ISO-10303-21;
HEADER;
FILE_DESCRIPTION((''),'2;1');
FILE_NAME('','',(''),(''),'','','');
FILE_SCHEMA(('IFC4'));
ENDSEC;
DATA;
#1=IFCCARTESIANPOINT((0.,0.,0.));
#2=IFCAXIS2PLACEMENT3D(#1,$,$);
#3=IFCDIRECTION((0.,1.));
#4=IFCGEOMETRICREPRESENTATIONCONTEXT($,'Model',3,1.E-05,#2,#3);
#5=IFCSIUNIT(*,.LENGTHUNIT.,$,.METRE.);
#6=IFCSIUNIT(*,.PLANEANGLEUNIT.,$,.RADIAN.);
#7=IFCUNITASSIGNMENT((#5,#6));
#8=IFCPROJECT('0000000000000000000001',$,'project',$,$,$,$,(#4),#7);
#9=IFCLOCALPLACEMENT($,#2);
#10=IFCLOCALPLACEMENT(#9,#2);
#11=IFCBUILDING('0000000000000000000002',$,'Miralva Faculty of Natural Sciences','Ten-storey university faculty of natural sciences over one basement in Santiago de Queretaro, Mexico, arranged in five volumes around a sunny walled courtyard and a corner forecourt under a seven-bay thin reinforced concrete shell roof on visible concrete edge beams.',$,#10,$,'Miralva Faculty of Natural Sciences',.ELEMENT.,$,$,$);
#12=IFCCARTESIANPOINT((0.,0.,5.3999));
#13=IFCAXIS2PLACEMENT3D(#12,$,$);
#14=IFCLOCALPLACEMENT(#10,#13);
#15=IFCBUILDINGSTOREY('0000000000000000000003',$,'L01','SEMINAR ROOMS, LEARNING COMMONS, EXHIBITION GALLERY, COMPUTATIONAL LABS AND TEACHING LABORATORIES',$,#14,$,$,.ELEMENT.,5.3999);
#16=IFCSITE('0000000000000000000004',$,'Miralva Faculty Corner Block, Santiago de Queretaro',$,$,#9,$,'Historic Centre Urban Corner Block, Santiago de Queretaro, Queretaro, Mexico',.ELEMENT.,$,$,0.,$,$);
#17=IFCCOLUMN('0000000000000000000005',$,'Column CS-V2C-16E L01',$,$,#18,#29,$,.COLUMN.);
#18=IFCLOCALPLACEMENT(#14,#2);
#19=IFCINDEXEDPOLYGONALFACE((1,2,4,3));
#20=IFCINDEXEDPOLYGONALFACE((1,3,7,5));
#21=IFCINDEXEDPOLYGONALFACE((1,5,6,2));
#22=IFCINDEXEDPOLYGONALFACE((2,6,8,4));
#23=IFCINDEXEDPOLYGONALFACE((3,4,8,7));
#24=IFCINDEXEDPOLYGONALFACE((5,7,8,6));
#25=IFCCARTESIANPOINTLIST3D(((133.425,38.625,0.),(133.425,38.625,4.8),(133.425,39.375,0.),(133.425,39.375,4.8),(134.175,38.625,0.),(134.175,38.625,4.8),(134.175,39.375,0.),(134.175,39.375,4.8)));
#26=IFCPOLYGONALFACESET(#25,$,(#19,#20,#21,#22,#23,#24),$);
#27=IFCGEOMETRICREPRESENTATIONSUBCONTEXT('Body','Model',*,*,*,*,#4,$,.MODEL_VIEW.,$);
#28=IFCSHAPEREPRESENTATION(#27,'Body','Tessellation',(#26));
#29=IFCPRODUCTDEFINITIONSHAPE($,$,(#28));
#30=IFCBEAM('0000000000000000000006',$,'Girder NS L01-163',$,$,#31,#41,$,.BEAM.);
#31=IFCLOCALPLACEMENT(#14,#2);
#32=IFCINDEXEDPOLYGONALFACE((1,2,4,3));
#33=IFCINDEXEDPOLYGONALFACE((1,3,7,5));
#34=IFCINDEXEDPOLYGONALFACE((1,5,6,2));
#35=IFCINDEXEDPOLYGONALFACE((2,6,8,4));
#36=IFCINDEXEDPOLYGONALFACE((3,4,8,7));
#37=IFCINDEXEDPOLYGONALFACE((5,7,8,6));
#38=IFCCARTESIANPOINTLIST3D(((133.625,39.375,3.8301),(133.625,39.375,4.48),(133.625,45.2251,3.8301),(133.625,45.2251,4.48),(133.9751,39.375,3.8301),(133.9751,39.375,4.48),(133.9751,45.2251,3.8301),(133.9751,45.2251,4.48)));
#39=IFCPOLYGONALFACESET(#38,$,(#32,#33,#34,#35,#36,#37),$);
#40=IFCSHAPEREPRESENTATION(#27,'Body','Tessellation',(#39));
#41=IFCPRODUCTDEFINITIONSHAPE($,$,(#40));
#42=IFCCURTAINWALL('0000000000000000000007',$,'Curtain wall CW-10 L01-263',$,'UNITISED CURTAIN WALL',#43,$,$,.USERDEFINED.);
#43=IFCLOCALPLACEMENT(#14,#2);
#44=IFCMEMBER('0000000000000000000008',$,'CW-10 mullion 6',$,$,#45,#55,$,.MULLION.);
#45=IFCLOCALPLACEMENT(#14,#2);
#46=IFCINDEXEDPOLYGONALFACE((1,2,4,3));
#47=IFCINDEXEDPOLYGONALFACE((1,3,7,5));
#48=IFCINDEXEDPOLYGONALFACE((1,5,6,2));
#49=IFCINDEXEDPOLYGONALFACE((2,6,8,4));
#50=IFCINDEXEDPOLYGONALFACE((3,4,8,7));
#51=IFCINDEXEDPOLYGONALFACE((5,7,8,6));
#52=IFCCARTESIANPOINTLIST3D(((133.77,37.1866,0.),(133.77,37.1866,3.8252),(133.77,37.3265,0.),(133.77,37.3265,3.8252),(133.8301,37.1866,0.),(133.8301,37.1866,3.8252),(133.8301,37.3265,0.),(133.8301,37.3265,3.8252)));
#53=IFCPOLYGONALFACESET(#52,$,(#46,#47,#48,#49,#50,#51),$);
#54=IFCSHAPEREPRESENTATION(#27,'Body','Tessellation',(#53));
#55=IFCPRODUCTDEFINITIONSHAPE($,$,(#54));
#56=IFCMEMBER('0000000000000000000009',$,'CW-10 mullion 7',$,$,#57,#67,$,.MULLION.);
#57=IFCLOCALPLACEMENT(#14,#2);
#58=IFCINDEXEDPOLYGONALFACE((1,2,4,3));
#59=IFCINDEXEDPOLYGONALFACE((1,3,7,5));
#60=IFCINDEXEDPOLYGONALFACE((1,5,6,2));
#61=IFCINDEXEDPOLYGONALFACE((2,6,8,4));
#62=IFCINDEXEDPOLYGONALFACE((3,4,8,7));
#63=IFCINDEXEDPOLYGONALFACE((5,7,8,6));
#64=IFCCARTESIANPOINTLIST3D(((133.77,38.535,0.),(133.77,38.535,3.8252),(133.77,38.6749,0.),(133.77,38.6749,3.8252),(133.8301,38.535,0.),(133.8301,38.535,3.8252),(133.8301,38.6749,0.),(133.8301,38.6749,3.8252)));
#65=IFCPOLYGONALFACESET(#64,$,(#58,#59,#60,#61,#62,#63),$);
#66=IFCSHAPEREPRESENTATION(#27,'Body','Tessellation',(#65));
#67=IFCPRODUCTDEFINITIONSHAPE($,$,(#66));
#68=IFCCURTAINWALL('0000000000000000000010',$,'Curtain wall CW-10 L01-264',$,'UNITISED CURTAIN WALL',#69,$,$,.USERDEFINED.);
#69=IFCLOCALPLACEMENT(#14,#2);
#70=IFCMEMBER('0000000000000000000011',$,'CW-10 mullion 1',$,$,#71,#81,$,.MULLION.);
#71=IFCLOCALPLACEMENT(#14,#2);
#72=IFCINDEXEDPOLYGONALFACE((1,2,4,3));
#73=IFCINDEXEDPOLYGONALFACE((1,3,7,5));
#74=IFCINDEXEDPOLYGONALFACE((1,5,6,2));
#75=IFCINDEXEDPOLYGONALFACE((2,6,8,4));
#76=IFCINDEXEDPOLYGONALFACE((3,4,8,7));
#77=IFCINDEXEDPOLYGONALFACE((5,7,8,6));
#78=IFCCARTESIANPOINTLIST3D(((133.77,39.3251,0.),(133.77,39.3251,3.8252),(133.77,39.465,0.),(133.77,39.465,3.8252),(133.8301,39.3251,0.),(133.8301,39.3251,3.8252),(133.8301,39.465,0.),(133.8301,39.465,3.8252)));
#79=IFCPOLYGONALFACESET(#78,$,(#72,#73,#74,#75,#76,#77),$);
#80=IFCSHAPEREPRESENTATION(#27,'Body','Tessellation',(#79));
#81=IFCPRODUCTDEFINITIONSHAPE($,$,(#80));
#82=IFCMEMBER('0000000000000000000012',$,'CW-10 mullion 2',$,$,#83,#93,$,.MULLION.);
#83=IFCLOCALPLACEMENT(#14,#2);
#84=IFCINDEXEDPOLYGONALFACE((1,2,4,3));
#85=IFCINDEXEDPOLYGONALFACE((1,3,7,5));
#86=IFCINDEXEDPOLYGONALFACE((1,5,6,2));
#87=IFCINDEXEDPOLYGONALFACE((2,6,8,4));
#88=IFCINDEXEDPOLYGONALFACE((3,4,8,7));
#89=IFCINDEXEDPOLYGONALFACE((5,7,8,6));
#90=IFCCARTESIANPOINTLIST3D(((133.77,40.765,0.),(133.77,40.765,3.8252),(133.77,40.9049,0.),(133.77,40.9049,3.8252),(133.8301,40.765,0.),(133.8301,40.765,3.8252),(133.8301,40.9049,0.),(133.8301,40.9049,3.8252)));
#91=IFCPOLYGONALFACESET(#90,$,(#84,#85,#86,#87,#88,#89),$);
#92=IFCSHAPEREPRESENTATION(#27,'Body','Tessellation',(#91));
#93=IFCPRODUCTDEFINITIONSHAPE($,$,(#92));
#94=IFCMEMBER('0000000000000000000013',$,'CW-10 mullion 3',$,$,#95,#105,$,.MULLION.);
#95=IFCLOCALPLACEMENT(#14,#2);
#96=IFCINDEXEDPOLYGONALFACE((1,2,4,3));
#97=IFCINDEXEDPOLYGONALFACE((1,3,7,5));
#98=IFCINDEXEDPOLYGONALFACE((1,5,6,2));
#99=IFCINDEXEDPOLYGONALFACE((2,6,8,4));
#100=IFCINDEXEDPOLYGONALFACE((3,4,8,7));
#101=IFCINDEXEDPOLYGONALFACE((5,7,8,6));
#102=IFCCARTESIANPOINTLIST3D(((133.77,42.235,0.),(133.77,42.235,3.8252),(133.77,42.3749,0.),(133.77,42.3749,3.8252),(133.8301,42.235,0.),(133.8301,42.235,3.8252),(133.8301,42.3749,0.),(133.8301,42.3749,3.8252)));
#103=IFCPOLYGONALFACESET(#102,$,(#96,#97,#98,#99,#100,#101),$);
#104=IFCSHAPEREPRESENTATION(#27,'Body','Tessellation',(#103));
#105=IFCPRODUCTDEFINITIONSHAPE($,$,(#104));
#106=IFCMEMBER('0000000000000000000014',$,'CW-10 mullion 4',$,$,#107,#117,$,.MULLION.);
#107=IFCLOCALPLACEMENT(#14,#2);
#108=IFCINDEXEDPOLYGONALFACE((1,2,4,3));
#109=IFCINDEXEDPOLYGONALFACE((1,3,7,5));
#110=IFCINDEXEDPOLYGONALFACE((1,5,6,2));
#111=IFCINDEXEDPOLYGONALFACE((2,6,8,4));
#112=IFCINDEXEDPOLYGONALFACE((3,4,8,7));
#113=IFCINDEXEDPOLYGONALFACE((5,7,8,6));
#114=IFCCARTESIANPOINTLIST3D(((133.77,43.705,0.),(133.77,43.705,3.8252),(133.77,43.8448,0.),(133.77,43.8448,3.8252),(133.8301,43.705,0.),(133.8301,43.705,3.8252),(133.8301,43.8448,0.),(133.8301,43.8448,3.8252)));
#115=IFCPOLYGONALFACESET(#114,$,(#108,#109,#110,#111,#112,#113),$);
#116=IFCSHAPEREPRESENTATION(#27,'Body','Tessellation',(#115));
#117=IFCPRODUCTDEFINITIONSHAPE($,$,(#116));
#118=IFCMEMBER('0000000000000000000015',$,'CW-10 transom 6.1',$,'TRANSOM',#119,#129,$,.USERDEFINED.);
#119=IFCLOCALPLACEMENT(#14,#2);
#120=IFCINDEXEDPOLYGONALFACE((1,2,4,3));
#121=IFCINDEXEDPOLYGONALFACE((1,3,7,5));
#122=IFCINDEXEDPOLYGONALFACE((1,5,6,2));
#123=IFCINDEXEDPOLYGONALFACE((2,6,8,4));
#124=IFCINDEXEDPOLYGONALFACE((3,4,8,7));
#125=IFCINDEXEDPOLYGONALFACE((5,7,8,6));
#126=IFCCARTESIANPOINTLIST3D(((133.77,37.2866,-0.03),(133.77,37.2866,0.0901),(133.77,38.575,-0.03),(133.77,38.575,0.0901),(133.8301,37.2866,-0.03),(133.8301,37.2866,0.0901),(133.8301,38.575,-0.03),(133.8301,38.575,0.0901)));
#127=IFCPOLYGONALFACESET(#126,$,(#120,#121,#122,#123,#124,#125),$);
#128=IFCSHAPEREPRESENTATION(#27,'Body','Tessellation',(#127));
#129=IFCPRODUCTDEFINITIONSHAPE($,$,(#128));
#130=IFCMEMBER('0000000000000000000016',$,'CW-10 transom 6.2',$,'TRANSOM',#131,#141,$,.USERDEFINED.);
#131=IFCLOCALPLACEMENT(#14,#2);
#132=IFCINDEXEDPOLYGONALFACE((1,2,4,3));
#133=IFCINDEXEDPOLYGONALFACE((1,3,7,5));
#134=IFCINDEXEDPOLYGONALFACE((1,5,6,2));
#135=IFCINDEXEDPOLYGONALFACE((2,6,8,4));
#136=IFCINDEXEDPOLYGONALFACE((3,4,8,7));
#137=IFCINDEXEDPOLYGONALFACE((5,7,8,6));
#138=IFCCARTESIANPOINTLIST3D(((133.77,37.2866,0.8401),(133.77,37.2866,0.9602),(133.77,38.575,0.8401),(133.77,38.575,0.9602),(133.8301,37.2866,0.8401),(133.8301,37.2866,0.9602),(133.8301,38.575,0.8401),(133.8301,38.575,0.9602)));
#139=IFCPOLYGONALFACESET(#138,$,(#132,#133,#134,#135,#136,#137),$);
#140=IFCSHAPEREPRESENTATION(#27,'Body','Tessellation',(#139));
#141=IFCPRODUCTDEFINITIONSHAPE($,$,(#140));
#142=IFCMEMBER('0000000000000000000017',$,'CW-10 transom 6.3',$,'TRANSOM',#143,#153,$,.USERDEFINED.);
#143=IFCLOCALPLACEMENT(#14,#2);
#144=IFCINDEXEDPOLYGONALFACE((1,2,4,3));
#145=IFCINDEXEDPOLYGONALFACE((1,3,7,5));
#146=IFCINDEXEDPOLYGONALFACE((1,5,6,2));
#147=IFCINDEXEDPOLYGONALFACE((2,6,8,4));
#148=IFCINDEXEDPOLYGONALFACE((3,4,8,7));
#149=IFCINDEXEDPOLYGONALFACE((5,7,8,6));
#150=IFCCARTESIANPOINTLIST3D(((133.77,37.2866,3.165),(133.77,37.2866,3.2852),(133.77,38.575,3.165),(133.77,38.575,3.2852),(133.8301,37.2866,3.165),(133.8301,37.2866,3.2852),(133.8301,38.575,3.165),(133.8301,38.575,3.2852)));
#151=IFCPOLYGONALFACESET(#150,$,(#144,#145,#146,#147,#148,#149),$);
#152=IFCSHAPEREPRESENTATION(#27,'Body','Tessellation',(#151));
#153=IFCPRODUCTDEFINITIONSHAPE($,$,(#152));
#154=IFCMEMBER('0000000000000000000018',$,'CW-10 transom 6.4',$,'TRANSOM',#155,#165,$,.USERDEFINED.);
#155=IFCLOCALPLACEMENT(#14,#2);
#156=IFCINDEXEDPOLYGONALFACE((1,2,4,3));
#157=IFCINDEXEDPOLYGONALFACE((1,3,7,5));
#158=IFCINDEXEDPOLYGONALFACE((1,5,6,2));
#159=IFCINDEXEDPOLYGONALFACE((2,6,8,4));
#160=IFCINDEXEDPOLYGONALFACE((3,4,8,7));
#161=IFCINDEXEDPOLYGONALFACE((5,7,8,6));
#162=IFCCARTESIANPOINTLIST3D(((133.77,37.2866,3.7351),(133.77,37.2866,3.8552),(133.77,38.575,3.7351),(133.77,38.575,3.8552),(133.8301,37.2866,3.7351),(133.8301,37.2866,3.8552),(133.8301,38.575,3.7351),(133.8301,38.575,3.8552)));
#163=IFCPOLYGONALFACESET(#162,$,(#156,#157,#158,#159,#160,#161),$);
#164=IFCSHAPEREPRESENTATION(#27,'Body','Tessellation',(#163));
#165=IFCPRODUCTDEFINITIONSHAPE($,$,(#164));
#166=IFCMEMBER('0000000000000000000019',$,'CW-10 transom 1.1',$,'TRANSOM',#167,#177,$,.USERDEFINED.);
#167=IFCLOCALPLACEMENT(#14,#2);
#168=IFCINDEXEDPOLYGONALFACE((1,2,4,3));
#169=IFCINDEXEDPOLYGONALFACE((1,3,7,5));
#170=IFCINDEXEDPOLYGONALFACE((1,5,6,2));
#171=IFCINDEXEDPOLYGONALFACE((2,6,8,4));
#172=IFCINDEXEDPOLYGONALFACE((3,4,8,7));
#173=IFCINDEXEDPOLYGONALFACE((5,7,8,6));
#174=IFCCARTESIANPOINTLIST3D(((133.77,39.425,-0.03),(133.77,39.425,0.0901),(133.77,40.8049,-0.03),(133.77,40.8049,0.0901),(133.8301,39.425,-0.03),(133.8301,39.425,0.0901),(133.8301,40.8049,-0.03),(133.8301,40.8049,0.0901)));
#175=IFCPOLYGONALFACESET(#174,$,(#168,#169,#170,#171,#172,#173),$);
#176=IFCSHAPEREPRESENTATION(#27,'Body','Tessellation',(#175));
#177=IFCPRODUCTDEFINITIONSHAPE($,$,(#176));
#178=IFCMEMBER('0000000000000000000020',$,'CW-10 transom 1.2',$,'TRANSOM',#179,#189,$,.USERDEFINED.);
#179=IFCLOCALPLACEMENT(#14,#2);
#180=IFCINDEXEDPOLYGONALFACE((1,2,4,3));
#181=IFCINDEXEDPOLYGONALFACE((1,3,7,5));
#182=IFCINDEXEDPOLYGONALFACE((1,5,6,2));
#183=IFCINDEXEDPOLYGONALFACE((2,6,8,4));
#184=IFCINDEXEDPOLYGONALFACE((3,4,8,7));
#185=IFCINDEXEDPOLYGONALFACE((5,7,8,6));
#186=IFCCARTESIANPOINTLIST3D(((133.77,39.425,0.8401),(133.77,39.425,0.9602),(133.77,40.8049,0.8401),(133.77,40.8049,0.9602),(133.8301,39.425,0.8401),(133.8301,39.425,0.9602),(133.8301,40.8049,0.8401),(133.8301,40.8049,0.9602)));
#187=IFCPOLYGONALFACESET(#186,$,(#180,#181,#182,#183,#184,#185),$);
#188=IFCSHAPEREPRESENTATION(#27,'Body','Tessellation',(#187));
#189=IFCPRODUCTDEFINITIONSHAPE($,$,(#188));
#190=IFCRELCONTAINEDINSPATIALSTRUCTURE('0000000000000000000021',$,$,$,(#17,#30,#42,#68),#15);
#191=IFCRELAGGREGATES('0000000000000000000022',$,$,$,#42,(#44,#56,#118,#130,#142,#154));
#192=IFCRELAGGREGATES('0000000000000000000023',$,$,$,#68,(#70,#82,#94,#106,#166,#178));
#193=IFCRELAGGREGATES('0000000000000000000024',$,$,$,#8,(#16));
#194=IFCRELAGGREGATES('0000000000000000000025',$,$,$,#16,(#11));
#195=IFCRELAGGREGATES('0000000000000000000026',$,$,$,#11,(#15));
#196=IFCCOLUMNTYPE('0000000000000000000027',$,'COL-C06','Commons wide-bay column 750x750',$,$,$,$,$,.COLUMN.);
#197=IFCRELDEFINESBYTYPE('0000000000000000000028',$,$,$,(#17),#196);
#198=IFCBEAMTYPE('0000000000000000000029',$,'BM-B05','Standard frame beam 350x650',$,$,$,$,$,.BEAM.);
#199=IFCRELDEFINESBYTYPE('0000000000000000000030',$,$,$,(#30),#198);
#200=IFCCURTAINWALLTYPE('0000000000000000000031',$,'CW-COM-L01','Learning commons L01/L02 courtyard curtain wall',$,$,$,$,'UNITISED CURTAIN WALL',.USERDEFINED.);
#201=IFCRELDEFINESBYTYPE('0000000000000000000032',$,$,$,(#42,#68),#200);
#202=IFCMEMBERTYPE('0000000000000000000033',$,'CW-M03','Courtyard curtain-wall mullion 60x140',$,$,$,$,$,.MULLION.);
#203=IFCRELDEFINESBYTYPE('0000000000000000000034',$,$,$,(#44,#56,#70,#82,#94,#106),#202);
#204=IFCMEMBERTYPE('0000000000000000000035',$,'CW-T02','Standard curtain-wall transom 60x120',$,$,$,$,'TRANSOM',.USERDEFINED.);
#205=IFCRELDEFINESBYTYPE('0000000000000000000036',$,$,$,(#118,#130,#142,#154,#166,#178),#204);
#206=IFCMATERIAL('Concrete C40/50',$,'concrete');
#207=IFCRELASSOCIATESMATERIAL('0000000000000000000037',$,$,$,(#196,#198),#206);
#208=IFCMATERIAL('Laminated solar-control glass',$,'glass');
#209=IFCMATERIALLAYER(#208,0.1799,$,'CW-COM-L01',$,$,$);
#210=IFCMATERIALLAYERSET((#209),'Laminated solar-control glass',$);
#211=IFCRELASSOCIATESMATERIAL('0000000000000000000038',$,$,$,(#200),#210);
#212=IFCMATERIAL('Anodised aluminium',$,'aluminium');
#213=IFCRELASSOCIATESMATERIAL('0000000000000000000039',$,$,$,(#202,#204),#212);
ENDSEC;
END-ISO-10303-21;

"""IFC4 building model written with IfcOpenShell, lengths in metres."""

from ifc_helpers import new_model, si_unit, direction, frame, origin, origin_2d, place, context, subcontext, project, spatial, rectangle, extrude, material, layer, layer_set, material_profile, profile_set, type_object, element, aggregate, save


model = new_model("IFC4")

# Units and contexts
model_context = context("Model", 3, precision=1e-05, world=origin(), true_north=direction((0.0, 1.0)))
body_context = subcontext(model_context, "Body", "Model", "MODEL_VIEW")
ifc_project = project(units=[si_unit("LENGTHUNIT", "METRE"), si_unit("PLANEANGLEUNIT", "RADIAN")], contexts=[model_context])

# Site, building, storey
site_placement = place(None, origin())
site = spatial("IfcSite", under=ifc_project, at=site_placement, Name="Miralva Faculty Corner Block, Santiago de Queretaro", LongName="Historic Centre Urban Corner Block, Santiago de Queretaro, Queretaro, Mexico", CompositionType="ELEMENT", RefElevation=0.0)
building_placement = place(site_placement, origin())
building = spatial("IfcBuilding", under=site, at=building_placement, Name="Miralva Faculty of Natural Sciences", Description="Ten-storey university faculty of natural sciences over one basement in Santiago de Queretaro, Mexico, arranged in five volumes around a sunny walled courtyard and a corner forecourt under a seven-bay thin reinforced concrete shell roof on visible concrete edge beams.", LongName="Miralva Faculty of Natural Sciences", CompositionType="ELEMENT")
storey_placement = place(building_placement, frame((0.0, 0.0, 5.3999)))
storey = spatial("IfcBuildingStorey", under=building, at=storey_placement, Name="L01", Description="SEMINAR ROOMS, LEARNING COMMONS, EXHIBITION GALLERY, COMPUTATIONAL LABS AND TEACHING LABORATORIES", CompositionType="ELEMENT", Elevation=5.3999)

# Column
ifc_material_1 = material(Name="Concrete C40/50", Category="concrete")
ifc_material_profile_1 = material_profile(ifc_material_1, rectangle(XDim=0.75, YDim=0.75, at=origin_2d()), Name="RC 750x750")
ifc_profile_set_1 = profile_set([ifc_material_profile_1], Name="Concrete C40/50")
column_type = type_object("IfcColumnType", Name="COL-C06", Description="Commons wide-bay column 750x750", PredefinedType="COLUMN", material=ifc_profile_set_1)
column_placement = place(storey_placement, frame((133.8, 39.0, 0.0), z_axis=(0.0, 0.0, 1.0), x_axis=(1.0, 0.0, 0.0)))
element("IfcColumn", 1, at=column_placement, inside=storey, type_object=column_type, Name="Column CS-V2C-16E L01", PredefinedType="COLUMN", context=body_context, shape_type="SweptSolid", body=[
    extrude(rectangle(XDim=0.75, YDim=0.75, at=origin_2d()), origin(), (0.0, 0.0, 1.0), 4.8),
])

# Beam
ifc_material_profile_2 = material_profile(ifc_material_1, rectangle(XDim=0.3501, YDim=0.6499, at=origin_2d()), Name="RC 350x650")
ifc_profile_set_2 = profile_set([ifc_material_profile_2], Name="Concrete C40/50")
beam_type = type_object("IfcBeamType", Name="BM-B05", Description="Standard frame beam 350x650", PredefinedType="BEAM", material=ifc_profile_set_2)
beam_placement = place(storey_placement, frame((133.8, 39.375, 4.155), z_axis=(0.0, 1.0, 0.0), x_axis=(-1.0, 0.0, 0.0)))
element("IfcBeam", 2, at=beam_placement, inside=storey, type_object=beam_type, Name="Girder NS L01-163", PredefinedType="BEAM", context=body_context, shape_type="SweptSolid", body=[
    extrude(rectangle(XDim=0.3501, YDim=0.6499, at=origin_2d()), origin(), (0.0, 0.0, 1.0), 5.8501),
])

# Curtain walls, members
ifc_material_2 = material(Name="Laminated solar-control glass", Category="glass")
ifc_layer_1 = layer(ifc_material_2, 0.1799, Name="CW-COM-L01")
ifc_layer_set_1 = layer_set([ifc_layer_1], Name="Laminated solar-control glass")
curtain_wall_type = type_object("IfcCurtainWallType", Name="CW-COM-L01", Description="Learning commons L01/L02 courtyard curtain wall", ElementType="UNITISED CURTAIN WALL", PredefinedType="USERDEFINED", material=ifc_layer_set_1)
curtain_wall_1_placement = place(storey_placement, origin())
curtain_wall_1 = element("IfcCurtainWall", 3, at=curtain_wall_1_placement, inside=storey, type_object=curtain_wall_type, Name="Curtain wall CW-10 L01-263", ObjectType="UNITISED CURTAIN WALL", PredefinedType="USERDEFINED")
ifc_material_3 = material(Name="Anodised aluminium", Category="aluminium")
ifc_material_profile_3 = material_profile(ifc_material_3, rectangle(XDim=0.0601, YDim=0.1399, at=origin_2d()), Name="MULLION 60x140")
ifc_profile_set_3 = profile_set([ifc_material_profile_3], Name="Anodised aluminium")
member_type_1 = type_object("IfcMemberType", Name="CW-M03", Description="Courtyard curtain-wall mullion 60x140", PredefinedType="MULLION", material=ifc_profile_set_3)
member_1_placement = place(storey_placement, frame((133.8, 37.2566, 0.0), z_axis=(0.0, 0.0, 1.0), x_axis=(-1.0, 0.0, 0.0)))
member_1 = element("IfcMember", 4, at=member_1_placement, type_object=member_type_1, Name="CW-10 mullion 6", PredefinedType="MULLION", context=body_context, shape_type="SweptSolid", body=[
    extrude(rectangle(XDim=0.0601, YDim=0.1399, at=origin_2d()), origin(), (0.0, 0.0, 1.0), 3.8252),
])
member_2_placement = place(storey_placement, frame((133.8, 38.605, 0.0), z_axis=(0.0, 0.0, 1.0), x_axis=(-1.0, 0.0, 0.0)))
member_2 = element("IfcMember", 5, at=member_2_placement, type_object=member_type_1, Name="CW-10 mullion 7", PredefinedType="MULLION", context=body_context, shape_type="SweptSolid", body=[
    extrude(rectangle(XDim=0.0601, YDim=0.1399, at=origin_2d()), origin(), (0.0, 0.0, 1.0), 3.8252),
])
curtain_wall_2_placement = place(storey_placement, origin())
curtain_wall_2 = element("IfcCurtainWall", 6, at=curtain_wall_2_placement, inside=storey, type_object=curtain_wall_type, Name="Curtain wall CW-10 L01-264", ObjectType="UNITISED CURTAIN WALL", PredefinedType="USERDEFINED")
member_3_placement = place(storey_placement, frame((133.8, 39.395, 0.0), z_axis=(0.0, 0.0, 1.0), x_axis=(-1.0, 0.0, 0.0)))
member_3 = element("IfcMember", 7, at=member_3_placement, type_object=member_type_1, Name="CW-10 mullion 1", PredefinedType="MULLION", context=body_context, shape_type="SweptSolid", body=[
    extrude(rectangle(XDim=0.0601, YDim=0.1399, at=origin_2d()), origin(), (0.0, 0.0, 1.0), 3.8252),
])
member_4_placement = place(storey_placement, frame((133.8, 40.835, 0.0), z_axis=(0.0, 0.0, 1.0), x_axis=(-1.0, 0.0, 0.0)))
member_4 = element("IfcMember", 8, at=member_4_placement, type_object=member_type_1, Name="CW-10 mullion 2", PredefinedType="MULLION", context=body_context, shape_type="SweptSolid", body=[
    extrude(rectangle(XDim=0.0601, YDim=0.1399, at=origin_2d()), origin(), (0.0, 0.0, 1.0), 3.8252),
])
member_5_placement = place(storey_placement, frame((133.8, 42.3049, 0.0), z_axis=(0.0, 0.0, 1.0), x_axis=(-1.0, 0.0, 0.0)))
member_5 = element("IfcMember", 9, at=member_5_placement, type_object=member_type_1, Name="CW-10 mullion 3", PredefinedType="MULLION", context=body_context, shape_type="SweptSolid", body=[
    extrude(rectangle(XDim=0.0601, YDim=0.1399, at=origin_2d()), origin(), (0.0, 0.0, 1.0), 3.8252),
])
member_6_placement = place(storey_placement, frame((133.8, 43.7749, 0.0), z_axis=(0.0, 0.0, 1.0), x_axis=(-1.0, 0.0, 0.0)))
member_6 = element("IfcMember", 10, at=member_6_placement, type_object=member_type_1, Name="CW-10 mullion 4", PredefinedType="MULLION", context=body_context, shape_type="SweptSolid", body=[
    extrude(rectangle(XDim=0.0601, YDim=0.1399, at=origin_2d()), origin(), (0.0, 0.0, 1.0), 3.8252),
])

# Members
ifc_material_profile_4 = material_profile(ifc_material_3, rectangle(XDim=0.0601, YDim=0.1201, at=origin_2d()), Name="TRANSOM 60x120")
ifc_profile_set_4 = profile_set([ifc_material_profile_4], Name="Anodised aluminium")
member_type_2 = type_object("IfcMemberType", Name="CW-T02", Description="Standard curtain-wall transom 60x120", ElementType="TRANSOM", PredefinedType="USERDEFINED", material=ifc_profile_set_4)
member_7_placement = place(storey_placement, frame((133.8, 37.2866, 0.03), z_axis=(0.0, 1.0, 0.0), x_axis=(-1.0, 0.0, 0.0)))
member_7 = element("IfcMember", 11, at=member_7_placement, type_object=member_type_2, Name="CW-10 transom 6.1", ObjectType="TRANSOM", PredefinedType="USERDEFINED", context=body_context, shape_type="SweptSolid", body=[
    extrude(rectangle(XDim=0.0601, YDim=0.1201, at=origin_2d()), origin(), (0.0, 0.0, 1.0), 1.2883),
])
member_8_placement = place(storey_placement, frame((133.8, 37.2866, 0.9001), z_axis=(0.0, 1.0, 0.0), x_axis=(-1.0, 0.0, 0.0)))
member_8 = element("IfcMember", 12, at=member_8_placement, type_object=member_type_2, Name="CW-10 transom 6.2", ObjectType="TRANSOM", PredefinedType="USERDEFINED", context=body_context, shape_type="SweptSolid", body=[
    extrude(rectangle(XDim=0.0601, YDim=0.1201, at=origin_2d()), origin(), (0.0, 0.0, 1.0), 1.2883),
])
member_9_placement = place(storey_placement, frame((133.8, 37.2866, 3.2251), z_axis=(0.0, 1.0, 0.0), x_axis=(-1.0, 0.0, 0.0)))
member_9 = element("IfcMember", 13, at=member_9_placement, type_object=member_type_2, Name="CW-10 transom 6.3", ObjectType="TRANSOM", PredefinedType="USERDEFINED", context=body_context, shape_type="SweptSolid", body=[
    extrude(rectangle(XDim=0.0601, YDim=0.1201, at=origin_2d()), origin(), (0.0, 0.0, 1.0), 1.2883),
])
member_10_placement = place(storey_placement, frame((133.8, 37.2866, 3.7952), z_axis=(0.0, 1.0, 0.0), x_axis=(-1.0, 0.0, 0.0)))
member_10 = element("IfcMember", 14, at=member_10_placement, type_object=member_type_2, Name="CW-10 transom 6.4", ObjectType="TRANSOM", PredefinedType="USERDEFINED", context=body_context, shape_type="SweptSolid", body=[
    extrude(rectangle(XDim=0.0601, YDim=0.1201, at=origin_2d()), origin(), (0.0, 0.0, 1.0), 1.2883),
])
member_11_placement = place(storey_placement, frame((133.8, 39.425, 0.03), z_axis=(0.0, 1.0, 0.0), x_axis=(-1.0, 0.0, 0.0)))
member_11 = element("IfcMember", 15, at=member_11_placement, type_object=member_type_2, Name="CW-10 transom 1.1", ObjectType="TRANSOM", PredefinedType="USERDEFINED", context=body_context, shape_type="SweptSolid", body=[
    extrude(rectangle(XDim=0.0601, YDim=0.1201, at=origin_2d()), origin(), (0.0, 0.0, 1.0), 1.3799),
])
member_12_placement = place(storey_placement, frame((133.8, 39.425, 0.9001), z_axis=(0.0, 1.0, 0.0), x_axis=(-1.0, 0.0, 0.0)))
member_12 = element("IfcMember", 16, at=member_12_placement, type_object=member_type_2, Name="CW-10 transom 1.2", ObjectType="TRANSOM", PredefinedType="USERDEFINED", context=body_context, shape_type="SweptSolid", body=[
    extrude(rectangle(XDim=0.0601, YDim=0.1201, at=origin_2d()), origin(), (0.0, 0.0, 1.0), 1.3799),
])

aggregate(curtain_wall_1, [member_1, member_2, member_7, member_8, member_9, member_10])
aggregate(curtain_wall_2, [member_3, member_4, member_5, member_6, member_11, member_12])

save(model, "model.ifc")
